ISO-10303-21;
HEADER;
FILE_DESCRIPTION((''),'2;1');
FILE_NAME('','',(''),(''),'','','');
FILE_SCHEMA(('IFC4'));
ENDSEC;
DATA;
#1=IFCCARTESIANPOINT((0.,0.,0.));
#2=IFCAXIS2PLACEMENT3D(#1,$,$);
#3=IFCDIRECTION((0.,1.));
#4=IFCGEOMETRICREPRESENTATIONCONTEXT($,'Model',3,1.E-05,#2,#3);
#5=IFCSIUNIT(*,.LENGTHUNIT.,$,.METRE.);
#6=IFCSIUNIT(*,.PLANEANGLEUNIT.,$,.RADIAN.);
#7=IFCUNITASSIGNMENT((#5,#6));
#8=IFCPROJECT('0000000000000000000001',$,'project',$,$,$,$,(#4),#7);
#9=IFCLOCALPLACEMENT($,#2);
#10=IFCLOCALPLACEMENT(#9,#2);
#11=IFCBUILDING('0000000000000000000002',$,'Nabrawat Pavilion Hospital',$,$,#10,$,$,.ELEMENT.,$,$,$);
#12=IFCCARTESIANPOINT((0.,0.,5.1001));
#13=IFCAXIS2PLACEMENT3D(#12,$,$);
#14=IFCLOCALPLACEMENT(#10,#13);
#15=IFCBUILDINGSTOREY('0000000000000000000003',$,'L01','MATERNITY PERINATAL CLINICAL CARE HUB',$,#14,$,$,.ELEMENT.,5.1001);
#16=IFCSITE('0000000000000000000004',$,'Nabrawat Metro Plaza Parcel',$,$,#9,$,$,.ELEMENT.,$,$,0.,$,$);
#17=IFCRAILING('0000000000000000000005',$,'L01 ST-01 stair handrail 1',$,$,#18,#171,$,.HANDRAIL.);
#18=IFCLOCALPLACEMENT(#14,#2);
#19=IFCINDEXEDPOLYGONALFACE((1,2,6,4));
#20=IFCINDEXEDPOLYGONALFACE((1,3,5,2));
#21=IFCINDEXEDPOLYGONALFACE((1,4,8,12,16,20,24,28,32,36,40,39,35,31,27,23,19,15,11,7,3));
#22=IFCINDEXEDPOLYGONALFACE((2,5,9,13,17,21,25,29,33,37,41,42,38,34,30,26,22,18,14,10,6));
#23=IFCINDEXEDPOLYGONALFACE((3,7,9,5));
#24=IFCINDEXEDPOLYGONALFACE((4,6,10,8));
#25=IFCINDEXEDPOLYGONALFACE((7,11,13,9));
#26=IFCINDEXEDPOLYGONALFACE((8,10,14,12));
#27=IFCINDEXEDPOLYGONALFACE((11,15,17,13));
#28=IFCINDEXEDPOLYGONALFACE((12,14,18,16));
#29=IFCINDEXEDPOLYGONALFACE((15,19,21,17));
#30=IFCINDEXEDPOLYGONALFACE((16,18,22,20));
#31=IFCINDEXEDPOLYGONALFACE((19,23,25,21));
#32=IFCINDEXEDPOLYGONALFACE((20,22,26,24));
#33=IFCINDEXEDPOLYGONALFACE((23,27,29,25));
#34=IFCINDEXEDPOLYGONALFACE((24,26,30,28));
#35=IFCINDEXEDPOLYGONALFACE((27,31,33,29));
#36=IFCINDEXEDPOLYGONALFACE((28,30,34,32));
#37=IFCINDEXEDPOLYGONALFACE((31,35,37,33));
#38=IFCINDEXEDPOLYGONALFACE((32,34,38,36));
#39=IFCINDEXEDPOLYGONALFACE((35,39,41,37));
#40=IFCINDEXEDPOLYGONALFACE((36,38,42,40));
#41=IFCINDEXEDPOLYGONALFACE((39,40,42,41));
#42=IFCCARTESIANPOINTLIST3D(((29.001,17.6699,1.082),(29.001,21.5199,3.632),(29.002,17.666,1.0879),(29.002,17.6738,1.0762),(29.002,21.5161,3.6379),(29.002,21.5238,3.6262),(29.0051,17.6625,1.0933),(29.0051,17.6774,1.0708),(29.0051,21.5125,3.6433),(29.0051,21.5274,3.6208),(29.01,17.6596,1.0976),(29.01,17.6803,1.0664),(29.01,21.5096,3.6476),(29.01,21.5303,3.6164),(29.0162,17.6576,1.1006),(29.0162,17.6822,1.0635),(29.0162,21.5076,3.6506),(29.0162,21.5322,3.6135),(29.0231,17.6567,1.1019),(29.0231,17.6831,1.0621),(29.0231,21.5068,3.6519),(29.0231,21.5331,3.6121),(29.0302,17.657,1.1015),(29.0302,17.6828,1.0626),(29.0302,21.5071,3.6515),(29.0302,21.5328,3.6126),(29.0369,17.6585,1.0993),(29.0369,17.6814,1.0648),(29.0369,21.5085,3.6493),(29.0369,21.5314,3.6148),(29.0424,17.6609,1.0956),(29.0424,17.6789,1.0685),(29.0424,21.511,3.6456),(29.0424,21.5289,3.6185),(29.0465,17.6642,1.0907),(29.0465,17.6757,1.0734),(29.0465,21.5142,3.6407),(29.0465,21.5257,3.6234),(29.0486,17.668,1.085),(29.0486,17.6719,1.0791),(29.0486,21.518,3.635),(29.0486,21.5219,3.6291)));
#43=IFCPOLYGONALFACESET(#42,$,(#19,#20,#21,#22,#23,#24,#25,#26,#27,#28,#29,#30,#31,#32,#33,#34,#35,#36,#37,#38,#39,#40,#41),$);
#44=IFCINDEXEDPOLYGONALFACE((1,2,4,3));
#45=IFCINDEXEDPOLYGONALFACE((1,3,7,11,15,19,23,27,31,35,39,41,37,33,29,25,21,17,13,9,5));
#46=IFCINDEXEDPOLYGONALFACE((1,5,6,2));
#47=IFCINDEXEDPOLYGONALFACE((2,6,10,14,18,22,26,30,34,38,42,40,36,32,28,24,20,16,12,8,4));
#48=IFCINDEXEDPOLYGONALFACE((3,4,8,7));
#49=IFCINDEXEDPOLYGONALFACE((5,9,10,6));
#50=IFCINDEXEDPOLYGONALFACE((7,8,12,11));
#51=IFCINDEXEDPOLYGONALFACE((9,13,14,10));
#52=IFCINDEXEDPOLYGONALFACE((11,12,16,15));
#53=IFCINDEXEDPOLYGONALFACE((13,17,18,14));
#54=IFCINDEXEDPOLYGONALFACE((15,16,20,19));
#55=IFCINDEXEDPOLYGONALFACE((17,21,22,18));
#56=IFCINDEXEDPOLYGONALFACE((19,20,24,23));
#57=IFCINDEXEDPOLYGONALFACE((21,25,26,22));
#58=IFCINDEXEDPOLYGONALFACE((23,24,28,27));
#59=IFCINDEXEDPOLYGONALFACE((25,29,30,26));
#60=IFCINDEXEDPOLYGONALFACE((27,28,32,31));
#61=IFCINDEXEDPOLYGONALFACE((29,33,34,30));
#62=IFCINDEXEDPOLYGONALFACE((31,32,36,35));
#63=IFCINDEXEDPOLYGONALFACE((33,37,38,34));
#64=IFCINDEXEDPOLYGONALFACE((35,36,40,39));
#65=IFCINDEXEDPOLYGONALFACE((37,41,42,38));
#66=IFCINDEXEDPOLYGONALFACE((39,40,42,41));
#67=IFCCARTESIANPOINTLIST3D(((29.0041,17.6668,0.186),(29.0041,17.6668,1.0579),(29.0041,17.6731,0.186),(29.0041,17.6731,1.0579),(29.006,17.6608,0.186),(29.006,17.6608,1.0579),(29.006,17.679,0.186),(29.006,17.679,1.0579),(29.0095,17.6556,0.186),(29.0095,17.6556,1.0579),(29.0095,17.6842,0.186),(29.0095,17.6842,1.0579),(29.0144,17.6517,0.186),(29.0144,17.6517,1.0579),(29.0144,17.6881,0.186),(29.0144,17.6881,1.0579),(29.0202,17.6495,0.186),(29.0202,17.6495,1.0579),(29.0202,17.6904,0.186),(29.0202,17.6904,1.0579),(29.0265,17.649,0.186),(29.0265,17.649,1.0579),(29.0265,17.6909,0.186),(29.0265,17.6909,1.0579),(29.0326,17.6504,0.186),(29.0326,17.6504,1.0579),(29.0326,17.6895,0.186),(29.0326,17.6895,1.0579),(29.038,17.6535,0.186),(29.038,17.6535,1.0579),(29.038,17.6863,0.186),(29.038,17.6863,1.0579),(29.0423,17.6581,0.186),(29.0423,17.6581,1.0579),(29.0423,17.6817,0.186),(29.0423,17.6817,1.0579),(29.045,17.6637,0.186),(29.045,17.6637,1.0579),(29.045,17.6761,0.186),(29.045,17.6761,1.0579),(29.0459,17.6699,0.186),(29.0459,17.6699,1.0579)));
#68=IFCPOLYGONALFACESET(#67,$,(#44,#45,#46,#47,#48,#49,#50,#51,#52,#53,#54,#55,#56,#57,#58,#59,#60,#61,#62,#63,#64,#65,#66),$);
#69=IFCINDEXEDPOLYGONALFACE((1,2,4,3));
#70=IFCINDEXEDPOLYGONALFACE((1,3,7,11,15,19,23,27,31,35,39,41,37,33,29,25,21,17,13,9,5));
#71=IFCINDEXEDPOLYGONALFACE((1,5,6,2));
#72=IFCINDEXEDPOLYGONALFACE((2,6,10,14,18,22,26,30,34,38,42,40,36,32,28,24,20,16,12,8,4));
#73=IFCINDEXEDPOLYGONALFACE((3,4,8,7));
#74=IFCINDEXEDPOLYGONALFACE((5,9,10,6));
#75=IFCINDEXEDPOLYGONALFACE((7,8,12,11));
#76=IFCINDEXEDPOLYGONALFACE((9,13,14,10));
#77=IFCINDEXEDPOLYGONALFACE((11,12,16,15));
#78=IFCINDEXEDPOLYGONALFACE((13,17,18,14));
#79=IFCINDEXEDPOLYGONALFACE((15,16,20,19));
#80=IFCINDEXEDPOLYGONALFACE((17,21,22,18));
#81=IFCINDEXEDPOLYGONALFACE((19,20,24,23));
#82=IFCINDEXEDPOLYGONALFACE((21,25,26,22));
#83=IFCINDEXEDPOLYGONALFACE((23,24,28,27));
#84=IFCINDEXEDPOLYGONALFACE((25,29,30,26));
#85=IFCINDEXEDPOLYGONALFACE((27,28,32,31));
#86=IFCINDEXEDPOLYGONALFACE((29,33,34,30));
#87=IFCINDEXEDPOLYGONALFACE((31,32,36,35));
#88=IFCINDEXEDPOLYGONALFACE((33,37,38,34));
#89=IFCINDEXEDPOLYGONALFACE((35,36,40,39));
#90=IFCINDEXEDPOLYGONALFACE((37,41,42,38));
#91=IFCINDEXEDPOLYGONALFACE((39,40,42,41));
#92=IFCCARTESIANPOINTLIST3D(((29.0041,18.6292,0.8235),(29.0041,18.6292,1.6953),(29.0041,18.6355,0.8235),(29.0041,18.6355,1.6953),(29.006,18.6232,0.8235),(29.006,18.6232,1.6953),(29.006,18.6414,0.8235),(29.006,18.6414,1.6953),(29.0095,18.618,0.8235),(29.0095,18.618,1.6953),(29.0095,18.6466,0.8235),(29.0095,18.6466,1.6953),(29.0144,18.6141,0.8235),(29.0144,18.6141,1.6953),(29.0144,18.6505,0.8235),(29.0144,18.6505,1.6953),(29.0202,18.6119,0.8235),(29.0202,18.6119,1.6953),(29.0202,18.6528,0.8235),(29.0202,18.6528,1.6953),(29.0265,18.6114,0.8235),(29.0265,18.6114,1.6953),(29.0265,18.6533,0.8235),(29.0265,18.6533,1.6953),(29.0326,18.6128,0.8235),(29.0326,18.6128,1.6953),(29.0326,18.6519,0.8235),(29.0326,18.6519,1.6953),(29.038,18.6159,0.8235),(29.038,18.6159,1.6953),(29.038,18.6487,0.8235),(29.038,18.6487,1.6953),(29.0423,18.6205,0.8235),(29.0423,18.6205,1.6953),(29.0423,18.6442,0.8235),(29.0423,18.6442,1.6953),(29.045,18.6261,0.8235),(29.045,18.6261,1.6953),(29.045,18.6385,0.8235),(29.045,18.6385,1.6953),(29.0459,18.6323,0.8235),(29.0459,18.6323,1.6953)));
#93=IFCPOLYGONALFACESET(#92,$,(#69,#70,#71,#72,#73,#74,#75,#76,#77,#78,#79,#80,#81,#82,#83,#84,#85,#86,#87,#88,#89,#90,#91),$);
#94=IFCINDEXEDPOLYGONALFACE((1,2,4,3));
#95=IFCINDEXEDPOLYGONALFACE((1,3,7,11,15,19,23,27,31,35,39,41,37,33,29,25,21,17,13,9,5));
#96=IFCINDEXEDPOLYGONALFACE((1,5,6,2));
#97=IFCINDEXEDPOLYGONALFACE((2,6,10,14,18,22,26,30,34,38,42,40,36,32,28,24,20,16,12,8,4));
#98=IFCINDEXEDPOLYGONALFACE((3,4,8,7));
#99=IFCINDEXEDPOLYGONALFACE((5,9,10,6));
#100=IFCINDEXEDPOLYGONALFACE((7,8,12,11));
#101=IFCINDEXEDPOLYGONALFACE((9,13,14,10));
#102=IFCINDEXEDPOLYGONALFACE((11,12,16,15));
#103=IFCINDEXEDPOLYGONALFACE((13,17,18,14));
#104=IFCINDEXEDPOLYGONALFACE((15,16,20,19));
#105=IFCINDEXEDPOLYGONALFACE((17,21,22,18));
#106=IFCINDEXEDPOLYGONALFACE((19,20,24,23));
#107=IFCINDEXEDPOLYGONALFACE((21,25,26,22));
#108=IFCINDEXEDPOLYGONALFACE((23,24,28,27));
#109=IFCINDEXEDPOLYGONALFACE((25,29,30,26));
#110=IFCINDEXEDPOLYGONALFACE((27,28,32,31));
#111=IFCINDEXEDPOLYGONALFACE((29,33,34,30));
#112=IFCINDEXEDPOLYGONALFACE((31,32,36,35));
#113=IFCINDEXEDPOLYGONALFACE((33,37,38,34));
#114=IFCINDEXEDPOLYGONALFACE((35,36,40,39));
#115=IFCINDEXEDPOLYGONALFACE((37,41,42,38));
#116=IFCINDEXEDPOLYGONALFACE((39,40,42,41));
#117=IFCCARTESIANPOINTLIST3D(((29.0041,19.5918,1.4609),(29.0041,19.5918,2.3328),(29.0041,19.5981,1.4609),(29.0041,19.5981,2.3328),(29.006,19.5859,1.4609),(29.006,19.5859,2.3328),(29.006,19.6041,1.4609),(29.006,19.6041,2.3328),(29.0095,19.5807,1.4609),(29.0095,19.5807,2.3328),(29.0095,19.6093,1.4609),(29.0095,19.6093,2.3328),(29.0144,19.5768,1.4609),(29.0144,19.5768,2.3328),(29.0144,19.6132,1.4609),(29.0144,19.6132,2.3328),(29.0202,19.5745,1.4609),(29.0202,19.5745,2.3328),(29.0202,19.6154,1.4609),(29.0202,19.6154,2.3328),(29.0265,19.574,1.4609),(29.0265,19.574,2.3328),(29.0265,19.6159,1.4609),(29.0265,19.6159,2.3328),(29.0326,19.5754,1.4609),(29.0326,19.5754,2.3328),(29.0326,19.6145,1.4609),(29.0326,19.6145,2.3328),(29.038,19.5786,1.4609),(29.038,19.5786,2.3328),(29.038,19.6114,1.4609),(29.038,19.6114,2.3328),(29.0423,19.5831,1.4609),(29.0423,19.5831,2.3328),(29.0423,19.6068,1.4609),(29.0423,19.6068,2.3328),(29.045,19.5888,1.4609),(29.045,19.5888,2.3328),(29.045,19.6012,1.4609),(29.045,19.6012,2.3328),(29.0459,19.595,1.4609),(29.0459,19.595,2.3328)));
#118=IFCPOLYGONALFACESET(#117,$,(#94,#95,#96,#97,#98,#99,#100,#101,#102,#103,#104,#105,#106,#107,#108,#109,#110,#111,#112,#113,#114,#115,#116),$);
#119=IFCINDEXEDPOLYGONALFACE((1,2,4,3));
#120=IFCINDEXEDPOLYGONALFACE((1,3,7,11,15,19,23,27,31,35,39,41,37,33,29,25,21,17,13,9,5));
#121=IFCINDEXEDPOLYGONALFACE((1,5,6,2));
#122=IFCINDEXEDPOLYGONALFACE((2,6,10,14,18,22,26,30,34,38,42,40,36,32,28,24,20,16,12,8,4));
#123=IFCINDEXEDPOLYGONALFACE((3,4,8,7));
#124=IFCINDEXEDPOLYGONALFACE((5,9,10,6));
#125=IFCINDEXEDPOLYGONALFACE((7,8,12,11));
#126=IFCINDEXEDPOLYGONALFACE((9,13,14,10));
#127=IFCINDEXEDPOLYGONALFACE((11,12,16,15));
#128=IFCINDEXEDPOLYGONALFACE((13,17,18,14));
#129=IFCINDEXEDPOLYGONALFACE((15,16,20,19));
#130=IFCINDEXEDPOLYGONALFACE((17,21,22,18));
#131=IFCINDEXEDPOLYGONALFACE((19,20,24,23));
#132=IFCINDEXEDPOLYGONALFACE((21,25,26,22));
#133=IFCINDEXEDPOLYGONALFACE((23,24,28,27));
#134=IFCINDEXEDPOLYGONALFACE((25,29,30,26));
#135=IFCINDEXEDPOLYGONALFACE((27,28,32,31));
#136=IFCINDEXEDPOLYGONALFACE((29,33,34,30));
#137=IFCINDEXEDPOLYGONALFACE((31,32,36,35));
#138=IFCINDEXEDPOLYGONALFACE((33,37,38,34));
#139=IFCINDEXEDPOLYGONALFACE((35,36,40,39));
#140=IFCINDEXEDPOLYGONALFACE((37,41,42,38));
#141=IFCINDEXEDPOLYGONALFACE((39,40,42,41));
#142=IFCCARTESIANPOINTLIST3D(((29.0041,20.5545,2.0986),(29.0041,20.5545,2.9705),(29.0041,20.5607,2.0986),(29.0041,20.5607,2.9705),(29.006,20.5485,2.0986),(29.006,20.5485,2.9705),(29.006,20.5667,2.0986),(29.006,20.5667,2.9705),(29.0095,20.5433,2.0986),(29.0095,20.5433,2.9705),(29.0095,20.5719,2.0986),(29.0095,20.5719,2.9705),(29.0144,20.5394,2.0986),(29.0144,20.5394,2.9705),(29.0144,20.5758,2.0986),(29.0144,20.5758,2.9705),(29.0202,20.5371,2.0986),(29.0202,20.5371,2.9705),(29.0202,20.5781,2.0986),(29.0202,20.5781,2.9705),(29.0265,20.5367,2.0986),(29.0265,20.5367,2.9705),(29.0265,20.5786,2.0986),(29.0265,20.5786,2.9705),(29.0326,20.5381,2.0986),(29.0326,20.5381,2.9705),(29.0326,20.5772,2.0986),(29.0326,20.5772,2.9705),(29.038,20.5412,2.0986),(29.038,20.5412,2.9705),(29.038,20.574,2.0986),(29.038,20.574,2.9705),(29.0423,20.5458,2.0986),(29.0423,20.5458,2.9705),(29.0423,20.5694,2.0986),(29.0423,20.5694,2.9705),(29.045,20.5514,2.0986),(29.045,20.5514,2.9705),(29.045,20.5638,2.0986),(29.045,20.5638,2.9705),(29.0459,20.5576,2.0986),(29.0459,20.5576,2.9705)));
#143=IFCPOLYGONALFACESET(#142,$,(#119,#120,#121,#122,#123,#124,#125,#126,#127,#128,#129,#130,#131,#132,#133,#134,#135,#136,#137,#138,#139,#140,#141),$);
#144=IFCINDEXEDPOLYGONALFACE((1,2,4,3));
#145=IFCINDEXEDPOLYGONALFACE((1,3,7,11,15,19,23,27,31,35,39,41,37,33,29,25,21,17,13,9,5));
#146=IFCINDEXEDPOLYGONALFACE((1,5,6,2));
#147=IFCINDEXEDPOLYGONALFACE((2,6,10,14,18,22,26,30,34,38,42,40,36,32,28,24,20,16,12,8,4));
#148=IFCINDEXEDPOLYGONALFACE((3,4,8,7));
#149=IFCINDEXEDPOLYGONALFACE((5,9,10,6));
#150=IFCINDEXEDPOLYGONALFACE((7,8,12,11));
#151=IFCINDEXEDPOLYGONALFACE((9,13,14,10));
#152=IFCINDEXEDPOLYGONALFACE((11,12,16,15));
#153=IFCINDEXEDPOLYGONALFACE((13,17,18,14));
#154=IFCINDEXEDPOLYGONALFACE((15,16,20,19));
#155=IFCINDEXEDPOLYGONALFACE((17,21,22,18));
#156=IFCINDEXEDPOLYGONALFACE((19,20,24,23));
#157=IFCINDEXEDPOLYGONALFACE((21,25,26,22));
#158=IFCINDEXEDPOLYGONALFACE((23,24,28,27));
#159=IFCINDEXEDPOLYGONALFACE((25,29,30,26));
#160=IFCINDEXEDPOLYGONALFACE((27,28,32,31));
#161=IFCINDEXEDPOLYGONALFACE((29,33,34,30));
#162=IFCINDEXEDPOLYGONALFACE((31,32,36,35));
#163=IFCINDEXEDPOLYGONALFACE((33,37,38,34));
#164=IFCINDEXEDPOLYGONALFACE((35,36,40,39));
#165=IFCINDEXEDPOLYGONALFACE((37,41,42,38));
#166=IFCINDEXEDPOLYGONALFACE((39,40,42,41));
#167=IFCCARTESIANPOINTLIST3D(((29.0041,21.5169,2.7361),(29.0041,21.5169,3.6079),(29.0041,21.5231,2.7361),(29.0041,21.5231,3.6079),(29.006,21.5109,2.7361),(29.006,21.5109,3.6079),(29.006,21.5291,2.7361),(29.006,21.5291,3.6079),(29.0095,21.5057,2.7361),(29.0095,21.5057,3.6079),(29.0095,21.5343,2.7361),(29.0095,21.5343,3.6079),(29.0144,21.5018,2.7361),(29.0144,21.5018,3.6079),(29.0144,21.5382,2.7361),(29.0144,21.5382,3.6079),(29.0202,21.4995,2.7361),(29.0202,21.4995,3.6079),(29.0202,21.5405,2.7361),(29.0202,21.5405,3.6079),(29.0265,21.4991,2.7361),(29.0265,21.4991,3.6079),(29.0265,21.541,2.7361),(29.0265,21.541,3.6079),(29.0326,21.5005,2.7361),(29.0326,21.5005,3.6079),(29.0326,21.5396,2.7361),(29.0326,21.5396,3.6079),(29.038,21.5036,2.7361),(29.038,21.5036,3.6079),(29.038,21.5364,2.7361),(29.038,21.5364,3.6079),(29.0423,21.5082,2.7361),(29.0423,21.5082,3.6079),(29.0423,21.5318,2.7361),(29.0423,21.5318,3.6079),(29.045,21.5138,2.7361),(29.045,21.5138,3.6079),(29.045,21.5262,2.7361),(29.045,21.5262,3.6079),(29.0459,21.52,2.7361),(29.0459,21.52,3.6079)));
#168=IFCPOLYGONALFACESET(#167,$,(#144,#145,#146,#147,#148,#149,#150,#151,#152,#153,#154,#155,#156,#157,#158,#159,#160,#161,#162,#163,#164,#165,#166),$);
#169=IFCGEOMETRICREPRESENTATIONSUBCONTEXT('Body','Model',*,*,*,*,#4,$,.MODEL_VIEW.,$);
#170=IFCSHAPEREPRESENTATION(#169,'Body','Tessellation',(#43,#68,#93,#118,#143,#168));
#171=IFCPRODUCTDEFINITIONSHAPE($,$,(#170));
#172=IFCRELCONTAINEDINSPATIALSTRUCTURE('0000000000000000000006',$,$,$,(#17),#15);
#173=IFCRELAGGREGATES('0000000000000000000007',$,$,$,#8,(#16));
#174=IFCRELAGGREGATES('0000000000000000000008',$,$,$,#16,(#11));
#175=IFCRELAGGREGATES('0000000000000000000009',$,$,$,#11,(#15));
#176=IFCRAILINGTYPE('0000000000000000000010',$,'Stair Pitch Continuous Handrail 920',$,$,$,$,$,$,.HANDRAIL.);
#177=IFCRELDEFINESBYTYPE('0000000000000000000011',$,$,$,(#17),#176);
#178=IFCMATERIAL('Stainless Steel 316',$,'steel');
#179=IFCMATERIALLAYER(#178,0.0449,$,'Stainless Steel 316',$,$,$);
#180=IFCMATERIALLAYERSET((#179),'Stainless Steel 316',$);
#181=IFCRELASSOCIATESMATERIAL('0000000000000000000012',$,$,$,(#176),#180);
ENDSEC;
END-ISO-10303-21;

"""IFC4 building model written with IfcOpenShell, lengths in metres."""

from ifc_helpers import new_model, si_unit, direction, frame, origin, origin_2d, place, context, subcontext, project, spatial, circle, extrude, material, layer, layer_set, type_object, element, save


model = new_model("IFC4")

# Units and contexts
model_context = context("Model", 3, precision=1e-05, world=origin(), true_north=direction((0.0, 1.0)))
body_context = subcontext(model_context, "Body", "Model", "MODEL_VIEW")
ifc_project = project(units=[si_unit("LENGTHUNIT", "METRE"), si_unit("PLANEANGLEUNIT", "RADIAN")], contexts=[model_context])

# Site, building, storey
site_placement = place(None, origin())
site = spatial("IfcSite", under=ifc_project, at=site_placement, Name="Nabrawat Metro Plaza Parcel", CompositionType="ELEMENT", RefElevation=0.0)
building_placement = place(site_placement, origin())
building = spatial("IfcBuilding", under=site, at=building_placement, Name="Nabrawat Pavilion Hospital", CompositionType="ELEMENT")
storey_placement = place(building_placement, frame((0.0, 0.0, 5.1001)))
storey = spatial("IfcBuildingStorey", under=building, at=storey_placement, Name="L01", Description="MATERNITY PERINATAL CLINICAL CARE HUB", CompositionType="ELEMENT", Elevation=5.1001)

# Railing
ifc_material_1 = material(Name="Stainless Steel 316", Category="steel")
ifc_layer_1 = layer(ifc_material_1, 0.0449, Name="Stainless Steel 316")
ifc_layer_set_1 = layer_set([ifc_layer_1], Name="Stainless Steel 316")
railing_type_1 = type_object("IfcRailingType", Name="Stair Pitch Continuous Handrail 920", PredefinedType="HANDRAIL", material=ifc_layer_set_1)
railing_1_placement = place(storey_placement, frame((29.0249, 17.6699, 0.186)))
element("IfcRailing", 1, at=railing_1_placement, inside=storey, type_object=railing_type_1, Name="L01 ST-01 stair handrail 1", PredefinedType="HANDRAIL", context=body_context, shape_type="SweptSolid", body=[
    extrude(circle(Radius=0.0239, at=origin_2d()), frame((0.0, 0.0, 0.896), z_axis=(0.0, 0.833714, 0.552197), x_axis=(-1.0, 0.0, 0.0)), (0.0, 0.0, 1.0), 4.6179),
    extrude(circle(Radius=0.021, at=origin_2d()), origin(), (0.0, 0.0, 1.0), 0.8718),
    extrude(circle(Radius=0.021, at=origin_2d()), frame((0.0, 0.9624, 0.6375)), (0.0, 0.0, 1.0), 0.8718),
    extrude(circle(Radius=0.021, at=origin_2d()), frame((0.0, 1.925, 1.2749)), (0.0, 0.0, 1.0), 0.8718),
    extrude(circle(Radius=0.021, at=origin_2d()), frame((0.0, 2.8877, 1.9126)), (0.0, 0.0, 1.0), 0.8718),
    extrude(circle(Radius=0.021, at=origin_2d()), frame((0.0, 3.8501, 2.55)), (0.0, 0.0, 1.0), 0.8718),
])

save(model, "model.ifc")
